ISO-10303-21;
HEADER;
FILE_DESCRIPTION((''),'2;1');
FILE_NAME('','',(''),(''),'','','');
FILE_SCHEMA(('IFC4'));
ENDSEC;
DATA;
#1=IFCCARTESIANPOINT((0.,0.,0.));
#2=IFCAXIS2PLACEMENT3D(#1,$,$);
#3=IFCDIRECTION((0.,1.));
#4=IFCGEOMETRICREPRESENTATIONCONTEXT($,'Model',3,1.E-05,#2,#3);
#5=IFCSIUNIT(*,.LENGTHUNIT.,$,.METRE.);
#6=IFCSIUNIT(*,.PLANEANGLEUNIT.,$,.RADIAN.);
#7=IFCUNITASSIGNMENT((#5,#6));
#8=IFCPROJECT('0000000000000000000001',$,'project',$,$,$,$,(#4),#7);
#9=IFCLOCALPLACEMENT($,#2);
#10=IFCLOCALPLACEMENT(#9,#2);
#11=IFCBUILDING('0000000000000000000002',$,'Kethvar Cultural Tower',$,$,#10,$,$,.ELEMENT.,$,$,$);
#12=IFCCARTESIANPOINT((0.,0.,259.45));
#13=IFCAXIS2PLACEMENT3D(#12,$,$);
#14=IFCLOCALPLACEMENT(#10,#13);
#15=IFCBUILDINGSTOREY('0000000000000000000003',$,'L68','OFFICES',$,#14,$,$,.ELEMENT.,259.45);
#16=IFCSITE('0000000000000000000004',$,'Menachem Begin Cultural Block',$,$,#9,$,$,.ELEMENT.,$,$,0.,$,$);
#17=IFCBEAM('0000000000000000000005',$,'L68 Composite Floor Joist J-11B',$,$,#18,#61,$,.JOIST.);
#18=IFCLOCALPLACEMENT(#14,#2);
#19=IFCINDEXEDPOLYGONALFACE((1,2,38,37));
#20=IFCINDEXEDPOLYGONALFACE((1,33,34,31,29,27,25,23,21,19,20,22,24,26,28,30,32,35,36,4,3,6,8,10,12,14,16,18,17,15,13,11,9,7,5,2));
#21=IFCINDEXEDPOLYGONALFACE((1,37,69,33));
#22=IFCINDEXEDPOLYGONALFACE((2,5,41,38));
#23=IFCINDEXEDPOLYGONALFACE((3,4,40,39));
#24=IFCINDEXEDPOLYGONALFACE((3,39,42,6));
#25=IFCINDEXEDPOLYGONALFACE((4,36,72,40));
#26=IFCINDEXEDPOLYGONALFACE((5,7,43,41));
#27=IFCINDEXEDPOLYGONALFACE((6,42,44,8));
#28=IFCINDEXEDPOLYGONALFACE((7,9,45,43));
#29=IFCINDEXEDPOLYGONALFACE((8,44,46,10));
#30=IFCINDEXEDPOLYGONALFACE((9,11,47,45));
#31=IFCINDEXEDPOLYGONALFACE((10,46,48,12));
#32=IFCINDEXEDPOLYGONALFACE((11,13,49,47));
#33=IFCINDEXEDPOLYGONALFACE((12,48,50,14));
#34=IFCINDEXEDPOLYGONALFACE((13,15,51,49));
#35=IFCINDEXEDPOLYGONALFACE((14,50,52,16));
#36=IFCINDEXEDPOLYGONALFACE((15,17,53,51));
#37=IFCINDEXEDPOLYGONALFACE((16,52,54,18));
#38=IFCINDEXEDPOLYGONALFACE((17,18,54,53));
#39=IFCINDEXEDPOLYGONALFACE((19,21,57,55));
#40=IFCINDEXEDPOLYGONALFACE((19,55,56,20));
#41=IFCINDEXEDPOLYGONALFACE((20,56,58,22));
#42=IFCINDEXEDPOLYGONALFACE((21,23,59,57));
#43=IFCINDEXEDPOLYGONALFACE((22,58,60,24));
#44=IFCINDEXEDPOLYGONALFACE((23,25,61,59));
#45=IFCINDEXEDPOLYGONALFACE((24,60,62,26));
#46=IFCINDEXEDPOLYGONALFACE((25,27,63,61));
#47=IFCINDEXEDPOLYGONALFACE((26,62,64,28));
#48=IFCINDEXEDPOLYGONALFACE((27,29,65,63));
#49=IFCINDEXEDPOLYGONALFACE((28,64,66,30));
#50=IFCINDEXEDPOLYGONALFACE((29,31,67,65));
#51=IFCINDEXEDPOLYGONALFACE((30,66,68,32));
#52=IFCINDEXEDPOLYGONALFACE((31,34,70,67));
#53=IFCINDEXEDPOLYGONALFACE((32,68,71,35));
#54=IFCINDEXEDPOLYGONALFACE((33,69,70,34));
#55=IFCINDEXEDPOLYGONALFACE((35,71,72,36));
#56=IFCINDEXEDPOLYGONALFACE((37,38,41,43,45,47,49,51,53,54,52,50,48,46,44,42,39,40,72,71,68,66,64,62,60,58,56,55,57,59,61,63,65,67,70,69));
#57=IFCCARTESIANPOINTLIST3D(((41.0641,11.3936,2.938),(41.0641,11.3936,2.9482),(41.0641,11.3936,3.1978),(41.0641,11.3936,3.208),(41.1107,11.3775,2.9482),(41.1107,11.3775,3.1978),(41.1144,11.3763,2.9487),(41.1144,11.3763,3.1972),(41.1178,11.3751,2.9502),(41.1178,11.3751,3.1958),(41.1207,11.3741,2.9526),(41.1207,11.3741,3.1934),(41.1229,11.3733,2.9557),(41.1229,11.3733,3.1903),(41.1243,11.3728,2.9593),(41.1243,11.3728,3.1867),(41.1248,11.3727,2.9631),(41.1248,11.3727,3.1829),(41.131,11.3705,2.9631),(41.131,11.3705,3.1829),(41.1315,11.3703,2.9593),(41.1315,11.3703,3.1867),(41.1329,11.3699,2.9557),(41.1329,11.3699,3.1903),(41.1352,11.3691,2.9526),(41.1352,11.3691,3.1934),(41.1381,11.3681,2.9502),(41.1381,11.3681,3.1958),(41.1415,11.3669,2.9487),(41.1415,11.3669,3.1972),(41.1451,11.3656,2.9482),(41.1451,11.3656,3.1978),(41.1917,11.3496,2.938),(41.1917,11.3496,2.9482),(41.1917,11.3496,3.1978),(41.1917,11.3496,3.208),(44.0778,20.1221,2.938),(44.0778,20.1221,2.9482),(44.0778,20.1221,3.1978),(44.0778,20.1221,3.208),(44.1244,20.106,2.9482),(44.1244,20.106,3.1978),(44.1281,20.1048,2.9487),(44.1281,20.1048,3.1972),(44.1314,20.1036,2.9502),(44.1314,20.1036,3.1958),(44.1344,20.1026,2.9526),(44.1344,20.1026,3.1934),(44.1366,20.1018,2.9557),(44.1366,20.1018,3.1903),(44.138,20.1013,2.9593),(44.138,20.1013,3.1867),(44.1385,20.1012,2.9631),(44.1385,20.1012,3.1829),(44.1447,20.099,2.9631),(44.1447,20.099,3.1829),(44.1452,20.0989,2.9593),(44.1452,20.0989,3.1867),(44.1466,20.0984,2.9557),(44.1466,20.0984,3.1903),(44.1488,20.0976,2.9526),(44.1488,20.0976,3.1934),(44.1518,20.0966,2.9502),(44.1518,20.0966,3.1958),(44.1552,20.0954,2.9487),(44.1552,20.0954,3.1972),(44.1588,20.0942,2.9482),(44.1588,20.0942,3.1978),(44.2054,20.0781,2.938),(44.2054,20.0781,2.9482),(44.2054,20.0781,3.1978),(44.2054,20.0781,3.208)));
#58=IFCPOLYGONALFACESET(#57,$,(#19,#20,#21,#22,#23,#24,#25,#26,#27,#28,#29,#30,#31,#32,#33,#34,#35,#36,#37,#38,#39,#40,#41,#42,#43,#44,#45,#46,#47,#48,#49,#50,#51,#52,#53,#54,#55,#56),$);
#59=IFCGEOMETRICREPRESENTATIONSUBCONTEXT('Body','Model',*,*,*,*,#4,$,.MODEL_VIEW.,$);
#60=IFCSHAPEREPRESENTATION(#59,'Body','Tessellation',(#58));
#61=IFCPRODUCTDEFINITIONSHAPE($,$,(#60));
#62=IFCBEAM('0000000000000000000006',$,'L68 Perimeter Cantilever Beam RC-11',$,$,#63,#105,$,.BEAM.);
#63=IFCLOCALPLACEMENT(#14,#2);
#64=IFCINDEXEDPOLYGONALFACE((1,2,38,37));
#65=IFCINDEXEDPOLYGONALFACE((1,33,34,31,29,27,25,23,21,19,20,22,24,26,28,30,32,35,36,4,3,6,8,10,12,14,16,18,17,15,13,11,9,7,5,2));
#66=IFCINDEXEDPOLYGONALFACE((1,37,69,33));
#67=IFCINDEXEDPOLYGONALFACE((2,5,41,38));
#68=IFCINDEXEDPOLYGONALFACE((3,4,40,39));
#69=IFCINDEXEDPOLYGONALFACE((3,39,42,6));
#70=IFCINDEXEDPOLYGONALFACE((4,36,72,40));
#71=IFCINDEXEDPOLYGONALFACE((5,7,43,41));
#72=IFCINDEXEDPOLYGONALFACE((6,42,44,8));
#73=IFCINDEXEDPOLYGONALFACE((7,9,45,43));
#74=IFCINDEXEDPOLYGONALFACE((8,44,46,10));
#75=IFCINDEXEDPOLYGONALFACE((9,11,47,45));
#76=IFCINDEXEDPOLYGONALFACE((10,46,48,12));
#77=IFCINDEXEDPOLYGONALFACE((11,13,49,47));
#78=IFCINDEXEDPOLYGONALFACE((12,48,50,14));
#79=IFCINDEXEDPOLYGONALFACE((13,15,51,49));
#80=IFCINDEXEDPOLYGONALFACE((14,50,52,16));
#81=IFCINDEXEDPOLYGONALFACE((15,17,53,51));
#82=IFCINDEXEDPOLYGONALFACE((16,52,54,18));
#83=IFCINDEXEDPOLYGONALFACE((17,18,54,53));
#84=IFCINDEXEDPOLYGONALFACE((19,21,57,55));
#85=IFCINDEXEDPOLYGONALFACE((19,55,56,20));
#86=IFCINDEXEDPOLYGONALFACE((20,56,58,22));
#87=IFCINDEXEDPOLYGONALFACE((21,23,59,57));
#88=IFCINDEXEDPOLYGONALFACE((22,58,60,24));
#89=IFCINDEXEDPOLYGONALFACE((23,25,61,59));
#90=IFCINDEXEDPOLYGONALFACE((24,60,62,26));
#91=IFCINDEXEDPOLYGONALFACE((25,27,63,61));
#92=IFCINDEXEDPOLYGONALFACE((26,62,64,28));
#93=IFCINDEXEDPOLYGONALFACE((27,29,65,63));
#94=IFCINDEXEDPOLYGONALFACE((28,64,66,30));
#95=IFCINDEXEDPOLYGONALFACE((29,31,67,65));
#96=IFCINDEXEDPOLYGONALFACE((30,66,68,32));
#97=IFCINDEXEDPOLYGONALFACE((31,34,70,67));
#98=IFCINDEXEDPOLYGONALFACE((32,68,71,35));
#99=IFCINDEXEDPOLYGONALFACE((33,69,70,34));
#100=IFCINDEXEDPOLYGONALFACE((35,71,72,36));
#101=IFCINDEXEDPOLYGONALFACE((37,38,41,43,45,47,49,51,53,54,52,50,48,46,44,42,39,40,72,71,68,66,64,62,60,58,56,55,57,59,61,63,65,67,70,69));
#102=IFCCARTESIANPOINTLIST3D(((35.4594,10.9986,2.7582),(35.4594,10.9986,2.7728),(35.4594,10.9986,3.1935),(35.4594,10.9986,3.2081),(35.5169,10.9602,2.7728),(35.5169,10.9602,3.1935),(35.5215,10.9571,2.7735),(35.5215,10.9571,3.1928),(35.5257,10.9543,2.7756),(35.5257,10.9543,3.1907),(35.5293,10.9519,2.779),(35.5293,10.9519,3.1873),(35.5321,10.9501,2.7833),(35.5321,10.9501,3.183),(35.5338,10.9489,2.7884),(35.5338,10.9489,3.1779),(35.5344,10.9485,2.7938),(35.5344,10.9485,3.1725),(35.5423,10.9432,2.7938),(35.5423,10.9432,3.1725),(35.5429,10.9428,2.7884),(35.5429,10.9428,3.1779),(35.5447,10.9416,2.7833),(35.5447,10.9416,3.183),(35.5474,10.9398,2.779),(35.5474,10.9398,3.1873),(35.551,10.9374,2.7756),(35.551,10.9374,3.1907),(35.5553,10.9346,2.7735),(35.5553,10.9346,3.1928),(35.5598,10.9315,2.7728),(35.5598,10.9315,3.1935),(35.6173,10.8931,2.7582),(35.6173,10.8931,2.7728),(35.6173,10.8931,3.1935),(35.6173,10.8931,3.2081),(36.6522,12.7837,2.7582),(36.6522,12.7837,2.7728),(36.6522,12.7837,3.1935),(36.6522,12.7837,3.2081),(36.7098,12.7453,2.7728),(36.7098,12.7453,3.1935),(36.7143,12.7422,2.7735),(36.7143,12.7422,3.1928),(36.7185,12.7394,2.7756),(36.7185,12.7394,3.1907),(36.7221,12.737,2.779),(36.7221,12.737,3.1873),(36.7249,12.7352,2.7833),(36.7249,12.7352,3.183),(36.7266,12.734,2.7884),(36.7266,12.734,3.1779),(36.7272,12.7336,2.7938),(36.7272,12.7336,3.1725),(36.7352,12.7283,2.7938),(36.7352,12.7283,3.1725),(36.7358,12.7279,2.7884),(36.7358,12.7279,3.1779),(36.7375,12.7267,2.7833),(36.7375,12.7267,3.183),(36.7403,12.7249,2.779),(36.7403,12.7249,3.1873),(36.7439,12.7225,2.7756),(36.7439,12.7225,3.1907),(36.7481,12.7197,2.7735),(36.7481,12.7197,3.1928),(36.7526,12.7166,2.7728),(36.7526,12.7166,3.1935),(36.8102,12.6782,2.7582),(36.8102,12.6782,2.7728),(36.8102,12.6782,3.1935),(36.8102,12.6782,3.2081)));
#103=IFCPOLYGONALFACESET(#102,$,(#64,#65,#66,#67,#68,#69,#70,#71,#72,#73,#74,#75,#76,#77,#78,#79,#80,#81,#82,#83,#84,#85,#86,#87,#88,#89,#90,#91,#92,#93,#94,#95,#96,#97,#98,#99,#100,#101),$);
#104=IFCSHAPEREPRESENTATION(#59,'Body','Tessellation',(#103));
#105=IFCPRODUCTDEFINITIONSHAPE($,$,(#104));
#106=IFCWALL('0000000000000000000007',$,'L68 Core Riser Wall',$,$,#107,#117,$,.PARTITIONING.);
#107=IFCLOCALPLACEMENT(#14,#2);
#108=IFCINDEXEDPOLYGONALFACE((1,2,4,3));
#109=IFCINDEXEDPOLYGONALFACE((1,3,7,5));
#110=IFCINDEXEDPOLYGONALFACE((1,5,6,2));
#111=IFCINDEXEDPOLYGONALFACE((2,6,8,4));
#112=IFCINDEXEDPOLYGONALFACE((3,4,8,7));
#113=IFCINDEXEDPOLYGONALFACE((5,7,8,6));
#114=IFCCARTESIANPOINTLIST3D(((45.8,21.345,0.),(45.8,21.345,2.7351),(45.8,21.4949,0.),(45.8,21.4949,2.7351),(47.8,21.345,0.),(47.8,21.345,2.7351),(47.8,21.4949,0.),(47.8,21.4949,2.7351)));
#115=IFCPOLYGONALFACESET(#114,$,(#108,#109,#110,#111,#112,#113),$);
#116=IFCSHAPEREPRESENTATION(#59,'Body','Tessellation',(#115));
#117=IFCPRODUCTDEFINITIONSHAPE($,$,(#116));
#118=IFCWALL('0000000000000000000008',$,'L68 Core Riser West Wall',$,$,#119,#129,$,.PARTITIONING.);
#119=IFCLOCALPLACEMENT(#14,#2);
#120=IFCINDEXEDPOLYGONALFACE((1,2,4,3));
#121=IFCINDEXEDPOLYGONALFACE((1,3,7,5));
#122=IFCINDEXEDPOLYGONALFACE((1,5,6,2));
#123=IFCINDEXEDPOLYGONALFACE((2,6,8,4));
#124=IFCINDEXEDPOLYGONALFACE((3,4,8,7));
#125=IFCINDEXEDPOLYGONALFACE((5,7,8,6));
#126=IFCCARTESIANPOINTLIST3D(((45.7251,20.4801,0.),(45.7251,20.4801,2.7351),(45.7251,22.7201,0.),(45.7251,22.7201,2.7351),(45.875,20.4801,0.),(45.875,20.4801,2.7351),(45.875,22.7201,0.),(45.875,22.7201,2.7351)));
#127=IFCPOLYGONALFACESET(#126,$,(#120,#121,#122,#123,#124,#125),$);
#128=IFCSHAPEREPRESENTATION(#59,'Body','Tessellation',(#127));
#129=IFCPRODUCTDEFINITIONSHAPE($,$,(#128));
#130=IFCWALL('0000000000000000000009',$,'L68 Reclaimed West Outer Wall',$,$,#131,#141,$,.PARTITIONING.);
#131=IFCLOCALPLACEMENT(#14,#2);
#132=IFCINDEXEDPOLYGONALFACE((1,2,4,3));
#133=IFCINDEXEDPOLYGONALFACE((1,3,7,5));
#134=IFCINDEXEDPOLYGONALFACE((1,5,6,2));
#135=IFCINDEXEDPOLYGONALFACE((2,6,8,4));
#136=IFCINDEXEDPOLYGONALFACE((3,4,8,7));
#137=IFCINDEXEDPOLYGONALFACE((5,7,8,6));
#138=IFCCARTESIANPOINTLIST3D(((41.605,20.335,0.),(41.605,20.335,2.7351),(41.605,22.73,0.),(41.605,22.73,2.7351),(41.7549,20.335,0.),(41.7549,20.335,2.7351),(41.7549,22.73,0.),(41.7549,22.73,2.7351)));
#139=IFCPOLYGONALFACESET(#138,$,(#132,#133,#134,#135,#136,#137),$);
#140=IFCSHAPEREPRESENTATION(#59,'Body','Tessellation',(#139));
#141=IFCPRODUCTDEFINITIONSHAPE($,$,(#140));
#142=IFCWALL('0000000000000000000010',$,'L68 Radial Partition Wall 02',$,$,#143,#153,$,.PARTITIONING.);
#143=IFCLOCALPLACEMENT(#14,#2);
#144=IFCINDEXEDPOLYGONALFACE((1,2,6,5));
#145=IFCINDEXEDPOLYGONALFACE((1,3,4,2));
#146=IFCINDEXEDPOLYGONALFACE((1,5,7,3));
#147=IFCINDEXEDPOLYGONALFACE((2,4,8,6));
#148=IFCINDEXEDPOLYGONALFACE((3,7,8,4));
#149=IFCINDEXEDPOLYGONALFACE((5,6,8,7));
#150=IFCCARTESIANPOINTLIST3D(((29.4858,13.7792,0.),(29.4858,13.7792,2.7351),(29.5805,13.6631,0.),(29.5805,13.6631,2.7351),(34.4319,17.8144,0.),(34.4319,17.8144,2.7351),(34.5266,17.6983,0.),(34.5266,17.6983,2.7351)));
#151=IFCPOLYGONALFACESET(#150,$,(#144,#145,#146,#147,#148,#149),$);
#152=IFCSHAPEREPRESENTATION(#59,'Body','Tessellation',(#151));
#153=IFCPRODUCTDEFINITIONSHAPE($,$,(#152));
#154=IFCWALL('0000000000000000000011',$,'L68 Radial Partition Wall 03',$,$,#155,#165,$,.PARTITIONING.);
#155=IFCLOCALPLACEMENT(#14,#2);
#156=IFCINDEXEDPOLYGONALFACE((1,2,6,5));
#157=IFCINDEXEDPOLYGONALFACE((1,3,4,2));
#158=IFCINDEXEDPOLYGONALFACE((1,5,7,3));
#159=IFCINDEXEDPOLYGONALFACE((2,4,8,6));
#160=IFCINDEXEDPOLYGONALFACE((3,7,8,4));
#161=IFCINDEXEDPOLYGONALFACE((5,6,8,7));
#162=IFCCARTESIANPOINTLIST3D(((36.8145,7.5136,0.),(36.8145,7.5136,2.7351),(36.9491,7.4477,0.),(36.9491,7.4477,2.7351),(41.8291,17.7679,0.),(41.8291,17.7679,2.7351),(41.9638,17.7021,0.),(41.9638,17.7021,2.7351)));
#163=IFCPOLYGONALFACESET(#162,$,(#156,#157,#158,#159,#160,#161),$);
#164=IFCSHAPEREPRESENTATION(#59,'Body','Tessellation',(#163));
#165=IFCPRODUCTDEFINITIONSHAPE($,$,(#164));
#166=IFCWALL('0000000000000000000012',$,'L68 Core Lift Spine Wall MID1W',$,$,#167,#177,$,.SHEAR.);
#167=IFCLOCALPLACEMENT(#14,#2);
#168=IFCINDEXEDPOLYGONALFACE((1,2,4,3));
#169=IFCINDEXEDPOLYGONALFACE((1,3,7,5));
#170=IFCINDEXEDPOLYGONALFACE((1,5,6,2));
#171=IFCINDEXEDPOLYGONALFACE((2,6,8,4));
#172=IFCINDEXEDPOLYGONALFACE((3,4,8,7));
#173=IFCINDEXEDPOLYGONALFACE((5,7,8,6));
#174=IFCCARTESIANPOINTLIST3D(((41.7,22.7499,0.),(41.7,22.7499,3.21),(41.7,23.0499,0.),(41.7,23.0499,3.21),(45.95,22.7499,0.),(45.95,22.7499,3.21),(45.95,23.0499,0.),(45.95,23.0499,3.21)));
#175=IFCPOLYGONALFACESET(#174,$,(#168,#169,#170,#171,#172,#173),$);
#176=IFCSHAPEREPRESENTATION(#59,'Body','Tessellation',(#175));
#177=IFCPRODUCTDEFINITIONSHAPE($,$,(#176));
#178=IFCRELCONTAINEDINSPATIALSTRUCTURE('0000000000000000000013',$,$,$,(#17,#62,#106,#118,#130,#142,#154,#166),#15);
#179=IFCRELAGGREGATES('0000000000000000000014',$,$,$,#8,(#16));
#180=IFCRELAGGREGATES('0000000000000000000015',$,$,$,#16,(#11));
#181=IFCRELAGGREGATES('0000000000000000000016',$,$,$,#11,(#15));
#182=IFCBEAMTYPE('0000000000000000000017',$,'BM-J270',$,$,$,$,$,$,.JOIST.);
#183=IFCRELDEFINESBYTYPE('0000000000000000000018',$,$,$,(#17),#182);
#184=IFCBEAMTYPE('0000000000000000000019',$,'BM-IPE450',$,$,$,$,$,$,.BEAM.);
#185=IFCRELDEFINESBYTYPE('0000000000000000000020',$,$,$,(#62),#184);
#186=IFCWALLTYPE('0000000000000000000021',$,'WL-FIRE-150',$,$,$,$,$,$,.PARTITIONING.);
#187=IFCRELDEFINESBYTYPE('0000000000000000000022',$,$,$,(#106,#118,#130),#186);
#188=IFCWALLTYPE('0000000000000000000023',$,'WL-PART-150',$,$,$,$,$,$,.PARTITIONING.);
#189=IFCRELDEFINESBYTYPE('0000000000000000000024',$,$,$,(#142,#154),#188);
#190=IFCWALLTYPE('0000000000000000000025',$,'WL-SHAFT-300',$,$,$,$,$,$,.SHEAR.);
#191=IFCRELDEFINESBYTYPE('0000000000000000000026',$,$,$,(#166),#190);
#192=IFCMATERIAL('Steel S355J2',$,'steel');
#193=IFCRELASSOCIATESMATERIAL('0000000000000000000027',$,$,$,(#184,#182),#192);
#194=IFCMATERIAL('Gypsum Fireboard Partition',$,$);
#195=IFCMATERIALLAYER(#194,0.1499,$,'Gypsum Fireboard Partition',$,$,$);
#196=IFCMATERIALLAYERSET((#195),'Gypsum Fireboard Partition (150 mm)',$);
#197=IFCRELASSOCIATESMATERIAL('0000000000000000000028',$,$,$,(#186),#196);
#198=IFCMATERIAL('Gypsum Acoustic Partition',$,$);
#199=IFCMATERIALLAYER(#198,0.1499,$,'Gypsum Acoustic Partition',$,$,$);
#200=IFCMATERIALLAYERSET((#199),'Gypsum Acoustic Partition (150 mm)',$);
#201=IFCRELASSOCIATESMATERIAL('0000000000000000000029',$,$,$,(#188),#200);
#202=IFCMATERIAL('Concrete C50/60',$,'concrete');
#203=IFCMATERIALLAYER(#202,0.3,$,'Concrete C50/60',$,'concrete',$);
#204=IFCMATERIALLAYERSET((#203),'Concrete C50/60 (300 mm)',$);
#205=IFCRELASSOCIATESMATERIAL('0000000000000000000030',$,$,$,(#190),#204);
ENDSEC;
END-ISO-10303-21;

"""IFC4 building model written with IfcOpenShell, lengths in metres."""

from ifc_helpers import new_model, si_unit, direction, frame, frame_2d, origin, origin_2d, place, context, subcontext, project, spatial, rectangle, i_section, extrude, source, transform, mapped, material, layer, layer_set, material_profile, profile_set, type_object, element, save


model = new_model("IFC4")

# Units and contexts
model_context = context("Model", 3, precision=1e-05, world=origin(), true_north=direction((0.0, 1.0)))
body_context = subcontext(model_context, "Body", "Model", "MODEL_VIEW")
ifc_project = project(units=[si_unit("LENGTHUNIT", "METRE"), si_unit("PLANEANGLEUNIT", "RADIAN")], contexts=[model_context])

# Site, building, storey
site_placement = place(None, origin())
site = spatial("IfcSite", under=ifc_project, at=site_placement, Name="Menachem Begin Cultural Block", CompositionType="ELEMENT", RefElevation=0.0)
building_placement = place(site_placement, origin())
building = spatial("IfcBuilding", under=site, at=building_placement, Name="Kethvar Cultural Tower", CompositionType="ELEMENT")
storey_placement = place(building_placement, frame((0.0, 0.0, 259.45)))
storey = spatial("IfcBuildingStorey", under=building, at=storey_placement, Name="L68", Description="OFFICES", CompositionType="ELEMENT", Elevation=259.45)

# Beams
ifc_material_1 = material(Name="Steel S355J2", Category="steel")
ifc_material_profile_1 = material_profile(ifc_material_1, i_section(OverallWidth=0.1899, OverallDepth=0.45, WebThickness=0.0095, FlangeThickness=0.0146, FilletRadius=0.021, at=origin_2d()), Name="Steel S355J2 — IPE450")
ifc_profile_set_1 = profile_set([ifc_material_profile_1], Name="Steel S355J2 — IPE450")
beam_type_1 = type_object("IfcBeamType", Name="BM-IPE450", PredefinedType="BEAM", material=ifc_profile_set_1)
ifc_material_profile_2 = material_profile(ifc_material_1, i_section(OverallWidth=0.135, OverallDepth=0.27, WebThickness=0.0066, FlangeThickness=0.0103, FilletRadius=0.0149, at=origin_2d()), Name="Steel S355J2 — IPE270")
ifc_profile_set_2 = profile_set([ifc_material_profile_2], Name="Steel S355J2 — IPE270")
beam_type_2 = type_object("IfcBeamType", Name="BM-J270", PredefinedType="JOIST", material=ifc_profile_set_2)
shared_shape_1 = source(origin(), body_context, "Body", "SweptSolid", [
    extrude(i_section(OverallWidth=0.135, OverallDepth=0.27, WebThickness=0.0066, FlangeThickness=0.0103, FilletRadius=0.0149, at=origin_2d()), origin(), (0.0, 0.0, 1.0), 9.2341),
])
beam_1_placement = place(storey_placement, frame((44.1416, 20.1001, 3.073), z_axis=(-0.326362, -0.945245, 0.0), x_axis=(0.945245, -0.326362, 0.0)))
element("IfcBeam", 1, at=beam_1_placement, inside=storey, type_object=beam_type_2, Name="L68 Composite Floor Joist J-11B", PredefinedType="JOIST", context=body_context, shape_type="MappedRepresentation", body=[
    mapped(shared_shape_1, transform((0.0, 0.0, 0.0), scale=1.0)),
])
shared_shape_2 = source(origin(), body_context, "Body", "SweptSolid", [
    extrude(i_section(OverallWidth=0.1899, OverallDepth=0.45, WebThickness=0.0095, FlangeThickness=0.0146, FilletRadius=0.021, at=origin_2d()), origin(), (0.0, 0.0, 1.0), 2.147),
])
beam_2_placement = place(storey_placement, frame((36.7312, 12.731, 2.9832), z_axis=(-0.555592, -0.831455, 0.0), x_axis=(0.831455, -0.555592, 0.0)))
element("IfcBeam", 2, at=beam_2_placement, inside=storey, type_object=beam_type_1, Name="L68 Perimeter Cantilever Beam RC-11", PredefinedType="BEAM", context=body_context, shape_type="MappedRepresentation", body=[
    mapped(shared_shape_2, transform((0.0, 0.0, 0.0), scale=1.0)),
])

# Shared definitions
ifc_material_2 = material(Name="Concrete C50/60", Category="concrete")

# Walls
ifc_material_3 = material(Name="Gypsum Fireboard Partition")
ifc_layer_1 = layer(ifc_material_3, 0.1499, Name="Gypsum Fireboard Partition")
ifc_layer_set_1 = layer_set([ifc_layer_1], Name="Gypsum Fireboard Partition (150 mm)")
wall_type_1 = type_object("IfcWallType", Name="WL-FIRE-150", PredefinedType="PARTITIONING", material=ifc_layer_set_1)
wall_1_placement = place(storey_placement, frame((45.8, 21.4199, 0.0), z_axis=(0.0, 0.0, 1.0), x_axis=(1.0, 0.0, 0.0)))
element("IfcWall", 3, at=wall_1_placement, inside=storey, type_object=wall_type_1, Name="L68 Core Riser Wall", PredefinedType="PARTITIONING", context=body_context, shape_type="SweptSolid", body=[
    extrude(rectangle(XDim=2.0, YDim=0.1499, at=frame_2d((1.0, 0.0))), origin(), (0.0, 0.0, 1.0), 2.7351),
])
wall_2_placement = place(storey_placement, frame((45.8, 20.48, 0.0), z_axis=(0.0, 0.0, 1.0), x_axis=(0.0, 1.0, 0.0)))
element("IfcWall", 4, at=wall_2_placement, inside=storey, type_object=wall_type_1, Name="L68 Core Riser West Wall", PredefinedType="PARTITIONING", context=body_context, shape_type="SweptSolid", body=[
    extrude(rectangle(XDim=2.24, YDim=0.1499, at=frame_2d((1.1201, 0.0))), origin(), (0.0, 0.0, 1.0), 2.7351),
])
wall_3_placement = place(storey_placement, frame((41.6799, 20.335, 0.0), z_axis=(0.0, 0.0, 1.0), x_axis=(0.0, 1.0, 0.0)))
element("IfcWall", 5, at=wall_3_placement, inside=storey, type_object=wall_type_1, Name="L68 Reclaimed West Outer Wall", PredefinedType="PARTITIONING", context=body_context, shape_type="SweptSolid", body=[
    extrude(rectangle(XDim=2.395, YDim=0.1499, at=frame_2d((1.1975, 0.0))), origin(), (0.0, 0.0, 1.0), 2.7351),
])
ifc_material_4 = material(Name="Gypsum Acoustic Partition")
ifc_layer_2 = layer(ifc_material_4, 0.1499, Name="Gypsum Acoustic Partition")
ifc_layer_set_2 = layer_set([ifc_layer_2], Name="Gypsum Acoustic Partition (150 mm)")
wall_type_2 = type_object("IfcWallType", Name="WL-PART-150", PredefinedType="PARTITIONING", material=ifc_layer_set_2)
wall_4_placement = place(storey_placement, frame((34.4792, 17.7563, 0.0), z_axis=(0.0, 0.0, 1.0), x_axis=(-0.774848, -0.632148, 0.0)))
element("IfcWall", 6, at=wall_4_placement, inside=storey, type_object=wall_type_2, Name="L68 Radial Partition Wall 02", PredefinedType="PARTITIONING", context=body_context, shape_type="SweptSolid", body=[
    extrude(rectangle(XDim=6.3833, YDim=0.1499, at=frame_2d((3.1917, 0.0))), origin(), (0.0, 0.0, 1.0), 2.7351),
])
wall_5_placement = place(storey_placement, frame((41.8965, 17.7351, 0.0), z_axis=(0.0, 0.0, 1.0), x_axis=(-0.439308, -0.898336, 0.0)))
element("IfcWall", 7, at=wall_5_placement, inside=storey, type_object=wall_type_2, Name="L68 Radial Partition Wall 03", PredefinedType="PARTITIONING", context=body_context, shape_type="SweptSolid", body=[
    extrude(rectangle(XDim=11.4148, YDim=0.1499, at=frame_2d((5.7075, 0.0))), origin(), (0.0, 0.0, 1.0), 2.7351),
])
ifc_layer_3 = layer(ifc_material_2, 0.3, Name="Concrete C50/60", Category="concrete")
ifc_layer_set_3 = layer_set([ifc_layer_3], Name="Concrete C50/60 (300 mm)")
wall_type_3 = type_object("IfcWallType", Name="WL-SHAFT-300", PredefinedType="SHEAR", material=ifc_layer_set_3)
wall_6_placement = place(storey_placement, frame((41.7, 22.8999, 0.0), z_axis=(0.0, 0.0, 1.0), x_axis=(1.0, 0.0, 0.0)))
element("IfcWall", 8, at=wall_6_placement, inside=storey, type_object=wall_type_3, Name="L68 Core Lift Spine Wall MID1W", PredefinedType="SHEAR", context=body_context, shape_type="SweptSolid", body=[
    extrude(rectangle(XDim=4.25, YDim=0.3, at=frame_2d((2.125, 0.0))), origin(), (0.0, 0.0, 1.0), 3.21),
])

save(model, "model.ifc")
